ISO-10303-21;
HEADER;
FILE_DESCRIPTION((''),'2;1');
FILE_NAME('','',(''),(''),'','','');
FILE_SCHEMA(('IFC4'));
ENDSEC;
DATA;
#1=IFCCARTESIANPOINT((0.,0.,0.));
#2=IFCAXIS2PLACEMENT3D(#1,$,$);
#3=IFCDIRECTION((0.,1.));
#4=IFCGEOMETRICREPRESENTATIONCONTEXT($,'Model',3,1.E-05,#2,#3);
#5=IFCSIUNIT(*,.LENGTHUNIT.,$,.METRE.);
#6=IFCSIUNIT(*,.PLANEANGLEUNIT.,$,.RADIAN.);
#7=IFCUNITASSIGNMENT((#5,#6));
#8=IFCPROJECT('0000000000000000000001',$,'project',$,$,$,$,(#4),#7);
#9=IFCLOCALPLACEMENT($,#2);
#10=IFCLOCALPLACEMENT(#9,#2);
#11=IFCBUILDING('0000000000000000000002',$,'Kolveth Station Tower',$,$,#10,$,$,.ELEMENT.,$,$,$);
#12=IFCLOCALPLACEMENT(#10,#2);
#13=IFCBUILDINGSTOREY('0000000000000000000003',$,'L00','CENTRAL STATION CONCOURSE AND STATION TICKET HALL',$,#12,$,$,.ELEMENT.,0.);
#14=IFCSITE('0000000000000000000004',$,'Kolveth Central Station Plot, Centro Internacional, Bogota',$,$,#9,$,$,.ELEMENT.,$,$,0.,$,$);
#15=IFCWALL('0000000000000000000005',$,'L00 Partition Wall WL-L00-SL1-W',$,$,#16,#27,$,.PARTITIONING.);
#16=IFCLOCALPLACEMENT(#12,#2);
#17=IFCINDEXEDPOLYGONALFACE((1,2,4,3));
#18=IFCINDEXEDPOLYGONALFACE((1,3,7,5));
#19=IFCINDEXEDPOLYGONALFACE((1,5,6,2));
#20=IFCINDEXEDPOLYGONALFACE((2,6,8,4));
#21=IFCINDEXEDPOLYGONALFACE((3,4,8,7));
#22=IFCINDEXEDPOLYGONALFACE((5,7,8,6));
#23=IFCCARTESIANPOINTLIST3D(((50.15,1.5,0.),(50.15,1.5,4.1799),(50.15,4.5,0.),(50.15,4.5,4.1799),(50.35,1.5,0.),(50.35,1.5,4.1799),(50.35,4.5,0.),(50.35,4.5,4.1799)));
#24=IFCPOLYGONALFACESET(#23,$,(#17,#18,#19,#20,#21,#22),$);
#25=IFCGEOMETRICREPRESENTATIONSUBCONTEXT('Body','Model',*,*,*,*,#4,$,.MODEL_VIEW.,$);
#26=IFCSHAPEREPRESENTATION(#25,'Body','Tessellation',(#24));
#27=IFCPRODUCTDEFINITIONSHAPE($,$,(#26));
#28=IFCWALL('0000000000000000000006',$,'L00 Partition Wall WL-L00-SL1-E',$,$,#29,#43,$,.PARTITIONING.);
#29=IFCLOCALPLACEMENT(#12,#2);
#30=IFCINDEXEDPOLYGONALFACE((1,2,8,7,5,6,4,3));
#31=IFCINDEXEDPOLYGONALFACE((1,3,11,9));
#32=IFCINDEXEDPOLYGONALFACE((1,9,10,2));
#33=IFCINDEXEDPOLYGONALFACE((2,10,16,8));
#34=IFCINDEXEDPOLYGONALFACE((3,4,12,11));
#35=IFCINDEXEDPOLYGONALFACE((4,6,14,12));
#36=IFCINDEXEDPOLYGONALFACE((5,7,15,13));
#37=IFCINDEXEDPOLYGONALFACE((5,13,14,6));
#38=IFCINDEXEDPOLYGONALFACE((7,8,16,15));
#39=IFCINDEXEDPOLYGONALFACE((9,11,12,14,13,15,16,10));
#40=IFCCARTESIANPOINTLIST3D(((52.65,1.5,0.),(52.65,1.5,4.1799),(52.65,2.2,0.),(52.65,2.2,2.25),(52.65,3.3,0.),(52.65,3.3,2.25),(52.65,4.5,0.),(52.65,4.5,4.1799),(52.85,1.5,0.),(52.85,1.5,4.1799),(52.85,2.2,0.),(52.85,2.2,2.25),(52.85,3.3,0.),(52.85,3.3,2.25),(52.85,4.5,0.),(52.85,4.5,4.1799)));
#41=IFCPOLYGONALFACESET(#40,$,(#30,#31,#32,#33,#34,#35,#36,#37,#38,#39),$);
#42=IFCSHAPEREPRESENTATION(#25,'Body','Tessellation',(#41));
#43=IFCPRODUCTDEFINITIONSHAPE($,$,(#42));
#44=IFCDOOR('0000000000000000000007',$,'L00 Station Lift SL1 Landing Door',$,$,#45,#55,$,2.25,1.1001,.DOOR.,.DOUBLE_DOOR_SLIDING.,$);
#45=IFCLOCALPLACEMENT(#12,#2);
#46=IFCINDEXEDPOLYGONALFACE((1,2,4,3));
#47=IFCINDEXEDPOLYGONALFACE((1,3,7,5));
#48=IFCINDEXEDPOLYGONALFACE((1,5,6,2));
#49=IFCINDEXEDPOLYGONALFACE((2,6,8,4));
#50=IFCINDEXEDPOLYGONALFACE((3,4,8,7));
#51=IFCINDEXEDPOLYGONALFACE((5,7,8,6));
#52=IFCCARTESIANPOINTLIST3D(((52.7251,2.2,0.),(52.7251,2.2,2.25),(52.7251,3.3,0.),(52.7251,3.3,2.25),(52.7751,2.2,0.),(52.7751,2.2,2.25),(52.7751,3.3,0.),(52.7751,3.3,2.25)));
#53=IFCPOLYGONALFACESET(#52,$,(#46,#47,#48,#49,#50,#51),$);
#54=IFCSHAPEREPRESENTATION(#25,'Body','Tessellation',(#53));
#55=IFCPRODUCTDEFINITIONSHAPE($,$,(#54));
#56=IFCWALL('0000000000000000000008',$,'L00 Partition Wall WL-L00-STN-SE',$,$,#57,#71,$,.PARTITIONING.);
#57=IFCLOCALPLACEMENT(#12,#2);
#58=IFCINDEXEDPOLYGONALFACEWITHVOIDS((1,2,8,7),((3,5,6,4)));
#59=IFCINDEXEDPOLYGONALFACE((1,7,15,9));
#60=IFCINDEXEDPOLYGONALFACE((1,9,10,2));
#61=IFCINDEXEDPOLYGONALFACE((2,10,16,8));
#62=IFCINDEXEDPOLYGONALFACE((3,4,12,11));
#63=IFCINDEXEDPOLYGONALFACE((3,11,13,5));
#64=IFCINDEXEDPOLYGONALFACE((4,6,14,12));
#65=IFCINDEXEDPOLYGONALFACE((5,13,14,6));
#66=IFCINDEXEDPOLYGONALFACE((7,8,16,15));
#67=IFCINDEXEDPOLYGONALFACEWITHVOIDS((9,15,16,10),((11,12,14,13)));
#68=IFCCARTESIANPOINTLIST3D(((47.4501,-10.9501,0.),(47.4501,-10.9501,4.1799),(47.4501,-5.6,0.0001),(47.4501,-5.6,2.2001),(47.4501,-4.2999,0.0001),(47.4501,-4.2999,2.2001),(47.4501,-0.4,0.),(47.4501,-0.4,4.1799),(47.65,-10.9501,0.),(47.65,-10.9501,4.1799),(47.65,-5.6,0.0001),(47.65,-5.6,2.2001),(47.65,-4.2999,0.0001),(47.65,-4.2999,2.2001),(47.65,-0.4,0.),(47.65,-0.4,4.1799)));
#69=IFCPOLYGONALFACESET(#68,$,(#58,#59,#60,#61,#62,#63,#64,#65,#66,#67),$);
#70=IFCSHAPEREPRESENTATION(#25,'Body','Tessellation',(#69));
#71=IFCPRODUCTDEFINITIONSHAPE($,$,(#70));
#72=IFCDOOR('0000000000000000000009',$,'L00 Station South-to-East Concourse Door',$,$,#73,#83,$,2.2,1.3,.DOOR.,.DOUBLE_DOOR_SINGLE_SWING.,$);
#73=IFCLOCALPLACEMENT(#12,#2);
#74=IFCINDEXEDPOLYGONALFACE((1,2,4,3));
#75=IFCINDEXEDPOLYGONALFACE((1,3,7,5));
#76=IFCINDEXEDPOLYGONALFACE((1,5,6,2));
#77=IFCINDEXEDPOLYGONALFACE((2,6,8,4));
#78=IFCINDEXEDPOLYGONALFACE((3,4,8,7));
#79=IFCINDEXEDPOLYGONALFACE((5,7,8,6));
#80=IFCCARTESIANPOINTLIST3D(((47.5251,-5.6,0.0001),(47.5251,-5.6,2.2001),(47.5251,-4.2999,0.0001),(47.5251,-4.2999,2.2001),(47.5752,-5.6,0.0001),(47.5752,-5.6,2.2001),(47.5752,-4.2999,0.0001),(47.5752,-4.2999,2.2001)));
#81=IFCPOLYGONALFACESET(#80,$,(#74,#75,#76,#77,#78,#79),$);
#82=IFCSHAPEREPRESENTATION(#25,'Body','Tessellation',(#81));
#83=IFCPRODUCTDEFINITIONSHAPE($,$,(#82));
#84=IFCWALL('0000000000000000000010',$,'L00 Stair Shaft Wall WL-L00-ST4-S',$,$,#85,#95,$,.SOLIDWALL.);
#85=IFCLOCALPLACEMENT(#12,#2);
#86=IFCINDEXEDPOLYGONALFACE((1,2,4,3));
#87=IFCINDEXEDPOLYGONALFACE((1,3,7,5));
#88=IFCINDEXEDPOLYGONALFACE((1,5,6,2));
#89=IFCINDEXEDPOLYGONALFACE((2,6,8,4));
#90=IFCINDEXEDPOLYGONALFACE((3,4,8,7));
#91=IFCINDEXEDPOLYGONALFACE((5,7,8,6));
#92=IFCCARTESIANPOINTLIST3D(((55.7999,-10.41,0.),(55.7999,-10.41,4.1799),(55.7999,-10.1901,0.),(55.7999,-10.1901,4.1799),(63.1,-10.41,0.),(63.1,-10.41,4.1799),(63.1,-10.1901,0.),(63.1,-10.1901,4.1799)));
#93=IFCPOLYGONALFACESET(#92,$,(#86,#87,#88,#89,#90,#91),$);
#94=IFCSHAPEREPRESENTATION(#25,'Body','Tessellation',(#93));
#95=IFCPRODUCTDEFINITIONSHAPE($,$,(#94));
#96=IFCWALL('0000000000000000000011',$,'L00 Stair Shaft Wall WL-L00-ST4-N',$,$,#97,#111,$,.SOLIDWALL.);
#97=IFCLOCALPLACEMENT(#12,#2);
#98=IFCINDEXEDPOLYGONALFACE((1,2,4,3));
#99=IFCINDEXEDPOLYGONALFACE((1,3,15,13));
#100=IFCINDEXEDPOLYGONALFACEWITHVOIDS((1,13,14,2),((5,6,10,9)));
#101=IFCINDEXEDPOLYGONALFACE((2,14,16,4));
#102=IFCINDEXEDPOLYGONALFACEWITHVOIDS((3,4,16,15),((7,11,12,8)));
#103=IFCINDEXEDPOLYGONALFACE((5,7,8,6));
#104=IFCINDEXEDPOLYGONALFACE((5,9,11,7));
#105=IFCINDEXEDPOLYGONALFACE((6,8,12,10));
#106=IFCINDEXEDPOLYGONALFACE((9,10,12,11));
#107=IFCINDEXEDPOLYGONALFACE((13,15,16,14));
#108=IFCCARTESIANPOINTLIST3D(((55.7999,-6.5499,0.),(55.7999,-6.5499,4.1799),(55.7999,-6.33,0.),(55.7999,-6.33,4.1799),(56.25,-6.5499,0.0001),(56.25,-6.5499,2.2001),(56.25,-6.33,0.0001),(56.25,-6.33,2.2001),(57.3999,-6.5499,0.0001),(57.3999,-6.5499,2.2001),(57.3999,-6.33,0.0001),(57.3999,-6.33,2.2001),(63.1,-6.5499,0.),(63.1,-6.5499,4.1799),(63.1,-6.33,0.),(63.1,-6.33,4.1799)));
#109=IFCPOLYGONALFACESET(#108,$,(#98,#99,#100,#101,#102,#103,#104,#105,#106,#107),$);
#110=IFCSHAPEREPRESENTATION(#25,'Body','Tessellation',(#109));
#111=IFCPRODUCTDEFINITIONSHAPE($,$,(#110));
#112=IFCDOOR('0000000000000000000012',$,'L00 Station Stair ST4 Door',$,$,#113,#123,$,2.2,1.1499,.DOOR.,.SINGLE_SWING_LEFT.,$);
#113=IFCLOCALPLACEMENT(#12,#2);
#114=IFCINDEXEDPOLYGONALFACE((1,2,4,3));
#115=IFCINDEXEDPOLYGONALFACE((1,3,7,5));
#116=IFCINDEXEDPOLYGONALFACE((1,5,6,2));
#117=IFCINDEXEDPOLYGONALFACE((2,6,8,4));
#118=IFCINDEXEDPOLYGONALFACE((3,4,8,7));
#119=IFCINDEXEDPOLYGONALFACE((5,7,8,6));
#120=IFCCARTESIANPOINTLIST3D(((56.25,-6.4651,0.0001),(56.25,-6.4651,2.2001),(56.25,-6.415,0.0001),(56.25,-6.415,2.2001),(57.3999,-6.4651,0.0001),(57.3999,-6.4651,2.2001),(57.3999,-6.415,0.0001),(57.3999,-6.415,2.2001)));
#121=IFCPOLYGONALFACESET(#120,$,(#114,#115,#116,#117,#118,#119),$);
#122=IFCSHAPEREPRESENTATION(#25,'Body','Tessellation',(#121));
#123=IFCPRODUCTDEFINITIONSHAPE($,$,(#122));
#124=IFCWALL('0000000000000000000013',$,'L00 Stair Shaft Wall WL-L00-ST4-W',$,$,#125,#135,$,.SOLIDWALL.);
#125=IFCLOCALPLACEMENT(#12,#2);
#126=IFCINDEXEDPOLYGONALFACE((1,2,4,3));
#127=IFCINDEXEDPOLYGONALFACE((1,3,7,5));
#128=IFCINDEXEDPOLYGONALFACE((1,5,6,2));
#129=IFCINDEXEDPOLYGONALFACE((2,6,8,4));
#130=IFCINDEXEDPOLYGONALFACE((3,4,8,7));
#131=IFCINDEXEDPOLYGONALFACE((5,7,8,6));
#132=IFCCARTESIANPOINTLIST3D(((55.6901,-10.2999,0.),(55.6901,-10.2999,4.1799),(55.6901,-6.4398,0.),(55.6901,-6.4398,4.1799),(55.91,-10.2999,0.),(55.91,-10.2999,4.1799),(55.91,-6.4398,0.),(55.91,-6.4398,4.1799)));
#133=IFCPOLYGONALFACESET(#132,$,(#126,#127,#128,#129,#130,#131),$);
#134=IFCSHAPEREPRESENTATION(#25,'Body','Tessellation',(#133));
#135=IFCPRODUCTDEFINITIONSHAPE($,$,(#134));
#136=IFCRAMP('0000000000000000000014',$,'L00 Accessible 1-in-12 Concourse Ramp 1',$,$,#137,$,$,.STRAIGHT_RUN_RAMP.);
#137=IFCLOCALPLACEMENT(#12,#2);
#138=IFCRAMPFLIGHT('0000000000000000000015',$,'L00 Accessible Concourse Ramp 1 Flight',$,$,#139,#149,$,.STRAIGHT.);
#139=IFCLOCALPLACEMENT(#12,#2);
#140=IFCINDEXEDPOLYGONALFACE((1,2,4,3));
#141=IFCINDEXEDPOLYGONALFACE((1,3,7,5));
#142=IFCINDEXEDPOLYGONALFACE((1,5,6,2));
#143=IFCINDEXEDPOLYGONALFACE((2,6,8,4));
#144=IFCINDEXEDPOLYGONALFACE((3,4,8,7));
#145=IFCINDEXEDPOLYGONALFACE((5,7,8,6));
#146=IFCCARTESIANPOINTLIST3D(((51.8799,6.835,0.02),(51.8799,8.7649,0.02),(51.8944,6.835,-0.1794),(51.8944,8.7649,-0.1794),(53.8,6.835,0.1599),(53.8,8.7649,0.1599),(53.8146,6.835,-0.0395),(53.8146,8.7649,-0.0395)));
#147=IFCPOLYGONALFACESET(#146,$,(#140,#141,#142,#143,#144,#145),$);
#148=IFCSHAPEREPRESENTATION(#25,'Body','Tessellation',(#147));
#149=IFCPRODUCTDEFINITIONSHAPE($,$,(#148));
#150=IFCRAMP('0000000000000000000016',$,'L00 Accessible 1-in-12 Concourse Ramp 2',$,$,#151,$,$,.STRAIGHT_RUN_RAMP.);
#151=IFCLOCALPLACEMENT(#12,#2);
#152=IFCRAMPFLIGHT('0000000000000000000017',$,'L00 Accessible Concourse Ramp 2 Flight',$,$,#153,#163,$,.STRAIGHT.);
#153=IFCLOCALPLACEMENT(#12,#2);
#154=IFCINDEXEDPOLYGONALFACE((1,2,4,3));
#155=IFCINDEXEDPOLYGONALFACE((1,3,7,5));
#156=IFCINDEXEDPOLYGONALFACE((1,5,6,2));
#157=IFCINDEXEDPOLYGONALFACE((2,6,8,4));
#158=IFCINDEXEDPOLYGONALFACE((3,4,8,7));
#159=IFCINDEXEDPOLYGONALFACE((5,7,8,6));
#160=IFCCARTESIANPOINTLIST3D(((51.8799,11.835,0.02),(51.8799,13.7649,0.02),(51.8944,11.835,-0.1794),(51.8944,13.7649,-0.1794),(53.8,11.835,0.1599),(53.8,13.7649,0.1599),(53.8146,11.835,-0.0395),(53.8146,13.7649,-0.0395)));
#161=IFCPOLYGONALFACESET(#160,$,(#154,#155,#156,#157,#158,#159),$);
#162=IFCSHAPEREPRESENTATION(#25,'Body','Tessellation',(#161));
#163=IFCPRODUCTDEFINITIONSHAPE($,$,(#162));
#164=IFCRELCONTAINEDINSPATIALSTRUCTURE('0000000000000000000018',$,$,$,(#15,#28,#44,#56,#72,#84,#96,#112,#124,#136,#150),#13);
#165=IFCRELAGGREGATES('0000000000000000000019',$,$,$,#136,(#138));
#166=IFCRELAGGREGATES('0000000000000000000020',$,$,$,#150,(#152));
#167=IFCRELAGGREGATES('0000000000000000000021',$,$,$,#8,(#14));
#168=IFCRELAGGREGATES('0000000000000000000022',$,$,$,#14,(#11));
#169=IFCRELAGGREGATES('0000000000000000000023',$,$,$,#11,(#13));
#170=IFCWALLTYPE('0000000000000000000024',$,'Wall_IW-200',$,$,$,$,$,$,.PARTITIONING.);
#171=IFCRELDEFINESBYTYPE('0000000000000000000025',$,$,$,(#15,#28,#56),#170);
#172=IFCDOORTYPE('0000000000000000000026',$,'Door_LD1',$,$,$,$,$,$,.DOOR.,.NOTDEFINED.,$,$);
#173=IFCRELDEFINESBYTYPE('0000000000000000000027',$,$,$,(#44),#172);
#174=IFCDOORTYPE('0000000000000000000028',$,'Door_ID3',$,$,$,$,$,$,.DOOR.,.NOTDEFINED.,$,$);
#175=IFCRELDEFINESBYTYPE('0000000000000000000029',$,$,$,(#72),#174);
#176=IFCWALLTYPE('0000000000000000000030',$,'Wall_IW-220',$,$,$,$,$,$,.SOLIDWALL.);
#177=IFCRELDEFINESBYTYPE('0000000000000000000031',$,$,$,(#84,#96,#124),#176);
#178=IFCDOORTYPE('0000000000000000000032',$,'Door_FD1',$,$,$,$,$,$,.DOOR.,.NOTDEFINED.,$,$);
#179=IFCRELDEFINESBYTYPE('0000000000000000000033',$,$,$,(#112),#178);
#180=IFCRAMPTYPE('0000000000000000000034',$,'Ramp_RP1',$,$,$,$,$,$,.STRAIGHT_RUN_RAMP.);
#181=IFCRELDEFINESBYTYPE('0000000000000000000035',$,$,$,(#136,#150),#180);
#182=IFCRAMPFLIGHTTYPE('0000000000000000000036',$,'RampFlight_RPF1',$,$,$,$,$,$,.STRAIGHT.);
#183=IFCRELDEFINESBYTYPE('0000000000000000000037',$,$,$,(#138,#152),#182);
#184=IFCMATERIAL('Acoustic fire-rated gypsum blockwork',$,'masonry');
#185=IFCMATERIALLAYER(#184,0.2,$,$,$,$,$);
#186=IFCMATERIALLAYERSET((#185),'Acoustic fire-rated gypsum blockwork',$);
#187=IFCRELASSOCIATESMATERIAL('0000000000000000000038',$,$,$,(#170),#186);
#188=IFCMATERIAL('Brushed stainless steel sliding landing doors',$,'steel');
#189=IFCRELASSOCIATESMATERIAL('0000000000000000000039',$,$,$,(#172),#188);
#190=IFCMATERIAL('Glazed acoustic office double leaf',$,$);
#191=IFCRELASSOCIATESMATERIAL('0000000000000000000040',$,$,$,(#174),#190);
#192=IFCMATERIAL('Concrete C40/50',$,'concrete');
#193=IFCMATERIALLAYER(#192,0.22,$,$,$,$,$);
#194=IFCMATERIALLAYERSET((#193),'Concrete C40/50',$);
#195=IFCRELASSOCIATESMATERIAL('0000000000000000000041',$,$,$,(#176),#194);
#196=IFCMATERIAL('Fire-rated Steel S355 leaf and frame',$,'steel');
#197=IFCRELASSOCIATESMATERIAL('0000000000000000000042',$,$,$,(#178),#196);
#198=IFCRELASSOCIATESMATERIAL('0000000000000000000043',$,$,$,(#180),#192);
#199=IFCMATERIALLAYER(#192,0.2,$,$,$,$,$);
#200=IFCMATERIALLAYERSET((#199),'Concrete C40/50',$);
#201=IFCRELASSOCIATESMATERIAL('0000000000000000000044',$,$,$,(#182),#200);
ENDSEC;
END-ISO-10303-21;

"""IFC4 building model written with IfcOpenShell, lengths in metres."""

from ifc_helpers import new_model, si_unit, direction, frame, frame_2d, origin, place, context, subcontext, project, spatial, polyline, rectangle, outline, extrude, material, layer, layer_set, type_object, element, fill, aggregate, save


model = new_model("IFC4")

# Units and contexts
model_context = context("Model", 3, precision=1e-05, world=origin(), true_north=direction((0.0, 1.0)))
body_context = subcontext(model_context, "Body", "Model", "MODEL_VIEW")
ifc_project = project(units=[si_unit("LENGTHUNIT", "METRE"), si_unit("PLANEANGLEUNIT", "RADIAN")], contexts=[model_context])

# Site, building, storey
site_placement = place(None, origin())
site = spatial("IfcSite", under=ifc_project, at=site_placement, Name="Kolveth Central Station Plot, Centro Internacional, Bogota", CompositionType="ELEMENT", RefElevation=0.0)
building_placement = place(site_placement, origin())
building = spatial("IfcBuilding", under=site, at=building_placement, Name="Kolveth Station Tower", CompositionType="ELEMENT")
storey_placement = place(building_placement, origin())
storey = spatial("IfcBuildingStorey", under=building, at=storey_placement, Name="L00", Description="CENTRAL STATION CONCOURSE AND STATION TICKET HALL", CompositionType="ELEMENT", Elevation=0.0)

# Wall
ifc_material_1 = material(Name="Acoustic fire-rated gypsum blockwork", Category="masonry")
ifc_layer_1 = layer(ifc_material_1, 0.2)
ifc_layer_set_1 = layer_set([ifc_layer_1], Name="Acoustic fire-rated gypsum blockwork")
wall_type_1 = type_object("IfcWallType", Name="Wall_IW-200", PredefinedType="PARTITIONING", material=ifc_layer_set_1)
wall_1_placement = place(storey_placement, frame((50.25, 1.5, 0.0), z_axis=(0.0, 0.0, 1.0), x_axis=(0.0, 1.0, 0.0)))
element("IfcWall", 1, at=wall_1_placement, inside=storey, type_object=wall_type_1, Name="L00 Partition Wall WL-L00-SL1-W", PredefinedType="PARTITIONING", context=body_context, shape_type="SweptSolid", body=[
    extrude(rectangle(XDim=3.0, YDim=0.2, at=frame_2d((1.5, 0.0))), origin(), (0.0, 0.0, 1.0), 4.1799),
])

# Walls, openings, doors
wall_2_placement = place(storey_placement, frame((52.75, 1.5, 0.0), z_axis=(0.0, 0.0, 1.0), x_axis=(0.0, 1.0, 0.0)))
wall_2 = element("IfcWall", 2, at=wall_2_placement, inside=storey, type_object=wall_type_1, Name="L00 Partition Wall WL-L00-SL1-E", PredefinedType="PARTITIONING", context=body_context, shape_type="SweptSolid", body=[
    extrude(rectangle(XDim=3.0, YDim=0.2, at=frame_2d((1.5, 0.0))), origin(), (0.0, 0.0, 1.0), 4.1799),
])
opening_1_placement = place(wall_2_placement, frame((0.7, 0.0, 0.0)))
opening_1 = element("IfcOpeningElement", 3, at=opening_1_placement, cuts=wall_2, PredefinedType="OPENING", context=body_context, shape_type="SweptSolid", body=[
    extrude(rectangle(XDim=1.1001, YDim=2.25, at=frame_2d((0.55, 1.125))), frame((0.0, 0.1099, 0.0), z_axis=(0.0, -1.0, 0.0), x_axis=(1.0, 0.0, 0.0)), (0.0, 0.0, 1.0), 0.22),
])
ifc_material_2 = material(Name="Brushed stainless steel sliding landing doors", Category="steel")
door_type_1 = type_object("IfcDoorType", Name="Door_LD1", OperationType="NOTDEFINED", PredefinedType="DOOR", material=ifc_material_2)
door_1_placement = place(opening_1_placement, origin())
door_1 = element("IfcDoor", 4, at=door_1_placement, inside=storey, type_object=door_type_1, Name="L00 Station Lift SL1 Landing Door", OperationType="DOUBLE_DOOR_SLIDING", OverallHeight=2.25, OverallWidth=1.1001, PredefinedType="DOOR", context=body_context, shape_type="SweptSolid", body=[
    extrude(rectangle(XDim=1.1001, YDim=2.25, at=frame_2d((0.55, 1.125))), frame((0.0, 0.0249, 0.0), z_axis=(0.0, -1.0, 0.0), x_axis=(1.0, 0.0, 0.0)), (0.0, 0.0, 1.0), 0.05),
])
fill(opening_1, door_1)
wall_3_placement = place(storey_placement, frame((47.55, -10.95, 0.0), z_axis=(0.0, 0.0, 1.0), x_axis=(0.0, 1.0, 0.0)))
wall_3 = element("IfcWall", 5, at=wall_3_placement, inside=storey, type_object=wall_type_1, Name="L00 Partition Wall WL-L00-STN-SE", PredefinedType="PARTITIONING", context=body_context, shape_type="SweptSolid", body=[
    extrude(rectangle(XDim=10.55, YDim=0.2, at=frame_2d((5.2749, 0.0))), origin(), (0.0, 0.0, 1.0), 4.1799),
])
opening_2_placement = place(wall_3_placement, frame((5.3501, 0.0, 0.0)))
opening_2 = element("IfcOpeningElement", 6, at=opening_2_placement, cuts=wall_3, PredefinedType="OPENING", context=body_context, shape_type="SweptSolid", body=[
    extrude(rectangle(XDim=1.3, YDim=2.2, at=frame_2d((0.6499, 1.1001))), frame((0.0, 0.1099, 0.0), z_axis=(0.0, -1.0, 0.0), x_axis=(1.0, 0.0, 0.0)), (0.0, 0.0, 1.0), 0.22),
])
ifc_material_3 = material(Name="Glazed acoustic office double leaf")
door_type_2 = type_object("IfcDoorType", Name="Door_ID3", OperationType="NOTDEFINED", PredefinedType="DOOR", material=ifc_material_3)
door_2_placement = place(opening_2_placement, origin())
door_2 = element("IfcDoor", 7, at=door_2_placement, inside=storey, type_object=door_type_2, Name="L00 Station South-to-East Concourse Door", OperationType="DOUBLE_DOOR_SINGLE_SWING", OverallHeight=2.2, OverallWidth=1.3, PredefinedType="DOOR", context=body_context, shape_type="SweptSolid", body=[
    extrude(rectangle(XDim=1.3, YDim=2.2, at=frame_2d((0.6499, 1.1001))), frame((0.0, 0.0249, 0.0), z_axis=(0.0, -1.0, 0.0), x_axis=(1.0, 0.0, 0.0)), (0.0, 0.0, 1.0), 0.05),
])
fill(opening_2, door_2)

# Wall
ifc_material_4 = material(Name="Concrete C40/50", Category="concrete")
ifc_layer_2 = layer(ifc_material_4, 0.22)
ifc_layer_set_2 = layer_set([ifc_layer_2], Name="Concrete C40/50")
wall_type_2 = type_object("IfcWallType", Name="Wall_IW-220", PredefinedType="SOLIDWALL", material=ifc_layer_set_2)
wall_4_placement = place(storey_placement, frame((55.8, -10.3, 0.0), z_axis=(0.0, 0.0, 1.0), x_axis=(1.0, 0.0, 0.0)))
element("IfcWall", 8, at=wall_4_placement, inside=storey, type_object=wall_type_2, Name="L00 Stair Shaft Wall WL-L00-ST4-S", PredefinedType="SOLIDWALL", context=body_context, shape_type="SweptSolid", body=[
    extrude(rectangle(XDim=7.3, YDim=0.22, at=frame_2d((3.6499, 0.0))), origin(), (0.0, 0.0, 1.0), 4.1799),
])

# Wall, opening, door
wall_5_placement = place(storey_placement, frame((55.8, -6.4399, 0.0), z_axis=(0.0, 0.0, 1.0), x_axis=(1.0, 0.0, 0.0)))
wall_5 = element("IfcWall", 9, at=wall_5_placement, inside=storey, type_object=wall_type_2, Name="L00 Stair Shaft Wall WL-L00-ST4-N", PredefinedType="SOLIDWALL", context=body_context, shape_type="SweptSolid", body=[
    extrude(rectangle(XDim=7.3, YDim=0.22, at=frame_2d((3.6499, 0.0))), origin(), (0.0, 0.0, 1.0), 4.1799),
])
opening_3_placement = place(wall_5_placement, frame((0.45, 0.0, 0.0)))
opening_3 = element("IfcOpeningElement", 10, at=opening_3_placement, cuts=wall_5, PredefinedType="OPENING", context=body_context, shape_type="SweptSolid", body=[
    extrude(rectangle(XDim=1.1499, YDim=2.2, at=frame_2d((0.575, 1.1001))), frame((0.0, 0.1199, 0.0), z_axis=(0.0, -1.0, 0.0), x_axis=(1.0, 0.0, 0.0)), (0.0, 0.0, 1.0), 0.24),
])
ifc_material_5 = material(Name="Fire-rated Steel S355 leaf and frame", Category="steel")
door_type_3 = type_object("IfcDoorType", Name="Door_FD1", OperationType="NOTDEFINED", PredefinedType="DOOR", material=ifc_material_5)
door_3_placement = place(opening_3_placement, origin())
door_3 = element("IfcDoor", 11, at=door_3_placement, inside=storey, type_object=door_type_3, Name="L00 Station Stair ST4 Door", OperationType="SINGLE_SWING_LEFT", OverallHeight=2.2, OverallWidth=1.1499, PredefinedType="DOOR", context=body_context, shape_type="SweptSolid", body=[
    extrude(rectangle(XDim=1.1499, YDim=2.2, at=frame_2d((0.575, 1.1001))), frame((0.0, 0.0249, 0.0), z_axis=(0.0, -1.0, 0.0), x_axis=(1.0, 0.0, 0.0)), (0.0, 0.0, 1.0), 0.05),
])
fill(opening_3, door_3)

# Wall
wall_6_placement = place(storey_placement, frame((55.8, -10.3, 0.0), z_axis=(0.0, 0.0, 1.0), x_axis=(0.0, 1.0, 0.0)))
element("IfcWall", 12, at=wall_6_placement, inside=storey, type_object=wall_type_2, Name="L00 Stair Shaft Wall WL-L00-ST4-W", PredefinedType="SOLIDWALL", context=body_context, shape_type="SweptSolid", body=[
    extrude(rectangle(XDim=3.8601, YDim=0.22, at=frame_2d((1.9302, 0.0))), origin(), (0.0, 0.0, 1.0), 4.1799),
])

# Ramps, ramp flights
ramp_type = type_object("IfcRampType", Name="Ramp_RP1", PredefinedType="STRAIGHT_RUN_RAMP", material=ifc_material_4)
ramp_1_placement = place(storey_placement, origin())
ramp_1 = element("IfcRamp", 13, at=ramp_1_placement, inside=storey, type_object=ramp_type, Name="L00 Accessible 1-in-12 Concourse Ramp 1", PredefinedType="STRAIGHT_RUN_RAMP")
ifc_layer_3 = layer(ifc_material_4, 0.2)
ifc_layer_set_3 = layer_set([ifc_layer_3], Name="Concrete C40/50")
ramp_flight_type = type_object("IfcRampFlightType", Name="RampFlight_RPF1", PredefinedType="STRAIGHT", material=ifc_layer_set_3)
ramp_flight_1_placement = place(storey_placement, frame((51.8799, 6.835, 0.02), z_axis=(-0.072662, 0.0, 0.997357), x_axis=(0.997357, 0.0, 0.072662)))
ramp_flight_1 = element("IfcRampFlight", 14, at=ramp_flight_1_placement, type_object=ramp_flight_type, Name="L00 Accessible Concourse Ramp 1 Flight", PredefinedType="STRAIGHT", context=body_context, shape_type="SweptSolid", body=[
    extrude(outline(polyline([(0.0, 0.0), (1.9253, 0.0), (1.9253, 1.9299), (0.0, 1.9299), (0.0, 0.0)])), origin(), (0.0, 0.0, -1.0), 0.2),
])
aggregate(ramp_1, [ramp_flight_1])
ramp_2_placement = place(storey_placement, origin())
ramp_2 = element("IfcRamp", 15, at=ramp_2_placement, inside=storey, type_object=ramp_type, Name="L00 Accessible 1-in-12 Concourse Ramp 2", PredefinedType="STRAIGHT_RUN_RAMP")
ramp_flight_2_placement = place(storey_placement, frame((51.8799, 11.835, 0.02), z_axis=(-0.072662, 0.0, 0.997357), x_axis=(0.997357, 0.0, 0.072662)))
ramp_flight_2 = element("IfcRampFlight", 16, at=ramp_flight_2_placement, type_object=ramp_flight_type, Name="L00 Accessible Concourse Ramp 2 Flight", PredefinedType="STRAIGHT", context=body_context, shape_type="SweptSolid", body=[
    extrude(outline(polyline([(0.0, 0.0), (1.9253, 0.0), (1.9253, 1.9299), (0.0, 1.9299), (0.0, 0.0)])), origin(), (0.0, 0.0, -1.0), 0.2),
])
aggregate(ramp_2, [ramp_flight_2])

save(model, "model.ifc")
